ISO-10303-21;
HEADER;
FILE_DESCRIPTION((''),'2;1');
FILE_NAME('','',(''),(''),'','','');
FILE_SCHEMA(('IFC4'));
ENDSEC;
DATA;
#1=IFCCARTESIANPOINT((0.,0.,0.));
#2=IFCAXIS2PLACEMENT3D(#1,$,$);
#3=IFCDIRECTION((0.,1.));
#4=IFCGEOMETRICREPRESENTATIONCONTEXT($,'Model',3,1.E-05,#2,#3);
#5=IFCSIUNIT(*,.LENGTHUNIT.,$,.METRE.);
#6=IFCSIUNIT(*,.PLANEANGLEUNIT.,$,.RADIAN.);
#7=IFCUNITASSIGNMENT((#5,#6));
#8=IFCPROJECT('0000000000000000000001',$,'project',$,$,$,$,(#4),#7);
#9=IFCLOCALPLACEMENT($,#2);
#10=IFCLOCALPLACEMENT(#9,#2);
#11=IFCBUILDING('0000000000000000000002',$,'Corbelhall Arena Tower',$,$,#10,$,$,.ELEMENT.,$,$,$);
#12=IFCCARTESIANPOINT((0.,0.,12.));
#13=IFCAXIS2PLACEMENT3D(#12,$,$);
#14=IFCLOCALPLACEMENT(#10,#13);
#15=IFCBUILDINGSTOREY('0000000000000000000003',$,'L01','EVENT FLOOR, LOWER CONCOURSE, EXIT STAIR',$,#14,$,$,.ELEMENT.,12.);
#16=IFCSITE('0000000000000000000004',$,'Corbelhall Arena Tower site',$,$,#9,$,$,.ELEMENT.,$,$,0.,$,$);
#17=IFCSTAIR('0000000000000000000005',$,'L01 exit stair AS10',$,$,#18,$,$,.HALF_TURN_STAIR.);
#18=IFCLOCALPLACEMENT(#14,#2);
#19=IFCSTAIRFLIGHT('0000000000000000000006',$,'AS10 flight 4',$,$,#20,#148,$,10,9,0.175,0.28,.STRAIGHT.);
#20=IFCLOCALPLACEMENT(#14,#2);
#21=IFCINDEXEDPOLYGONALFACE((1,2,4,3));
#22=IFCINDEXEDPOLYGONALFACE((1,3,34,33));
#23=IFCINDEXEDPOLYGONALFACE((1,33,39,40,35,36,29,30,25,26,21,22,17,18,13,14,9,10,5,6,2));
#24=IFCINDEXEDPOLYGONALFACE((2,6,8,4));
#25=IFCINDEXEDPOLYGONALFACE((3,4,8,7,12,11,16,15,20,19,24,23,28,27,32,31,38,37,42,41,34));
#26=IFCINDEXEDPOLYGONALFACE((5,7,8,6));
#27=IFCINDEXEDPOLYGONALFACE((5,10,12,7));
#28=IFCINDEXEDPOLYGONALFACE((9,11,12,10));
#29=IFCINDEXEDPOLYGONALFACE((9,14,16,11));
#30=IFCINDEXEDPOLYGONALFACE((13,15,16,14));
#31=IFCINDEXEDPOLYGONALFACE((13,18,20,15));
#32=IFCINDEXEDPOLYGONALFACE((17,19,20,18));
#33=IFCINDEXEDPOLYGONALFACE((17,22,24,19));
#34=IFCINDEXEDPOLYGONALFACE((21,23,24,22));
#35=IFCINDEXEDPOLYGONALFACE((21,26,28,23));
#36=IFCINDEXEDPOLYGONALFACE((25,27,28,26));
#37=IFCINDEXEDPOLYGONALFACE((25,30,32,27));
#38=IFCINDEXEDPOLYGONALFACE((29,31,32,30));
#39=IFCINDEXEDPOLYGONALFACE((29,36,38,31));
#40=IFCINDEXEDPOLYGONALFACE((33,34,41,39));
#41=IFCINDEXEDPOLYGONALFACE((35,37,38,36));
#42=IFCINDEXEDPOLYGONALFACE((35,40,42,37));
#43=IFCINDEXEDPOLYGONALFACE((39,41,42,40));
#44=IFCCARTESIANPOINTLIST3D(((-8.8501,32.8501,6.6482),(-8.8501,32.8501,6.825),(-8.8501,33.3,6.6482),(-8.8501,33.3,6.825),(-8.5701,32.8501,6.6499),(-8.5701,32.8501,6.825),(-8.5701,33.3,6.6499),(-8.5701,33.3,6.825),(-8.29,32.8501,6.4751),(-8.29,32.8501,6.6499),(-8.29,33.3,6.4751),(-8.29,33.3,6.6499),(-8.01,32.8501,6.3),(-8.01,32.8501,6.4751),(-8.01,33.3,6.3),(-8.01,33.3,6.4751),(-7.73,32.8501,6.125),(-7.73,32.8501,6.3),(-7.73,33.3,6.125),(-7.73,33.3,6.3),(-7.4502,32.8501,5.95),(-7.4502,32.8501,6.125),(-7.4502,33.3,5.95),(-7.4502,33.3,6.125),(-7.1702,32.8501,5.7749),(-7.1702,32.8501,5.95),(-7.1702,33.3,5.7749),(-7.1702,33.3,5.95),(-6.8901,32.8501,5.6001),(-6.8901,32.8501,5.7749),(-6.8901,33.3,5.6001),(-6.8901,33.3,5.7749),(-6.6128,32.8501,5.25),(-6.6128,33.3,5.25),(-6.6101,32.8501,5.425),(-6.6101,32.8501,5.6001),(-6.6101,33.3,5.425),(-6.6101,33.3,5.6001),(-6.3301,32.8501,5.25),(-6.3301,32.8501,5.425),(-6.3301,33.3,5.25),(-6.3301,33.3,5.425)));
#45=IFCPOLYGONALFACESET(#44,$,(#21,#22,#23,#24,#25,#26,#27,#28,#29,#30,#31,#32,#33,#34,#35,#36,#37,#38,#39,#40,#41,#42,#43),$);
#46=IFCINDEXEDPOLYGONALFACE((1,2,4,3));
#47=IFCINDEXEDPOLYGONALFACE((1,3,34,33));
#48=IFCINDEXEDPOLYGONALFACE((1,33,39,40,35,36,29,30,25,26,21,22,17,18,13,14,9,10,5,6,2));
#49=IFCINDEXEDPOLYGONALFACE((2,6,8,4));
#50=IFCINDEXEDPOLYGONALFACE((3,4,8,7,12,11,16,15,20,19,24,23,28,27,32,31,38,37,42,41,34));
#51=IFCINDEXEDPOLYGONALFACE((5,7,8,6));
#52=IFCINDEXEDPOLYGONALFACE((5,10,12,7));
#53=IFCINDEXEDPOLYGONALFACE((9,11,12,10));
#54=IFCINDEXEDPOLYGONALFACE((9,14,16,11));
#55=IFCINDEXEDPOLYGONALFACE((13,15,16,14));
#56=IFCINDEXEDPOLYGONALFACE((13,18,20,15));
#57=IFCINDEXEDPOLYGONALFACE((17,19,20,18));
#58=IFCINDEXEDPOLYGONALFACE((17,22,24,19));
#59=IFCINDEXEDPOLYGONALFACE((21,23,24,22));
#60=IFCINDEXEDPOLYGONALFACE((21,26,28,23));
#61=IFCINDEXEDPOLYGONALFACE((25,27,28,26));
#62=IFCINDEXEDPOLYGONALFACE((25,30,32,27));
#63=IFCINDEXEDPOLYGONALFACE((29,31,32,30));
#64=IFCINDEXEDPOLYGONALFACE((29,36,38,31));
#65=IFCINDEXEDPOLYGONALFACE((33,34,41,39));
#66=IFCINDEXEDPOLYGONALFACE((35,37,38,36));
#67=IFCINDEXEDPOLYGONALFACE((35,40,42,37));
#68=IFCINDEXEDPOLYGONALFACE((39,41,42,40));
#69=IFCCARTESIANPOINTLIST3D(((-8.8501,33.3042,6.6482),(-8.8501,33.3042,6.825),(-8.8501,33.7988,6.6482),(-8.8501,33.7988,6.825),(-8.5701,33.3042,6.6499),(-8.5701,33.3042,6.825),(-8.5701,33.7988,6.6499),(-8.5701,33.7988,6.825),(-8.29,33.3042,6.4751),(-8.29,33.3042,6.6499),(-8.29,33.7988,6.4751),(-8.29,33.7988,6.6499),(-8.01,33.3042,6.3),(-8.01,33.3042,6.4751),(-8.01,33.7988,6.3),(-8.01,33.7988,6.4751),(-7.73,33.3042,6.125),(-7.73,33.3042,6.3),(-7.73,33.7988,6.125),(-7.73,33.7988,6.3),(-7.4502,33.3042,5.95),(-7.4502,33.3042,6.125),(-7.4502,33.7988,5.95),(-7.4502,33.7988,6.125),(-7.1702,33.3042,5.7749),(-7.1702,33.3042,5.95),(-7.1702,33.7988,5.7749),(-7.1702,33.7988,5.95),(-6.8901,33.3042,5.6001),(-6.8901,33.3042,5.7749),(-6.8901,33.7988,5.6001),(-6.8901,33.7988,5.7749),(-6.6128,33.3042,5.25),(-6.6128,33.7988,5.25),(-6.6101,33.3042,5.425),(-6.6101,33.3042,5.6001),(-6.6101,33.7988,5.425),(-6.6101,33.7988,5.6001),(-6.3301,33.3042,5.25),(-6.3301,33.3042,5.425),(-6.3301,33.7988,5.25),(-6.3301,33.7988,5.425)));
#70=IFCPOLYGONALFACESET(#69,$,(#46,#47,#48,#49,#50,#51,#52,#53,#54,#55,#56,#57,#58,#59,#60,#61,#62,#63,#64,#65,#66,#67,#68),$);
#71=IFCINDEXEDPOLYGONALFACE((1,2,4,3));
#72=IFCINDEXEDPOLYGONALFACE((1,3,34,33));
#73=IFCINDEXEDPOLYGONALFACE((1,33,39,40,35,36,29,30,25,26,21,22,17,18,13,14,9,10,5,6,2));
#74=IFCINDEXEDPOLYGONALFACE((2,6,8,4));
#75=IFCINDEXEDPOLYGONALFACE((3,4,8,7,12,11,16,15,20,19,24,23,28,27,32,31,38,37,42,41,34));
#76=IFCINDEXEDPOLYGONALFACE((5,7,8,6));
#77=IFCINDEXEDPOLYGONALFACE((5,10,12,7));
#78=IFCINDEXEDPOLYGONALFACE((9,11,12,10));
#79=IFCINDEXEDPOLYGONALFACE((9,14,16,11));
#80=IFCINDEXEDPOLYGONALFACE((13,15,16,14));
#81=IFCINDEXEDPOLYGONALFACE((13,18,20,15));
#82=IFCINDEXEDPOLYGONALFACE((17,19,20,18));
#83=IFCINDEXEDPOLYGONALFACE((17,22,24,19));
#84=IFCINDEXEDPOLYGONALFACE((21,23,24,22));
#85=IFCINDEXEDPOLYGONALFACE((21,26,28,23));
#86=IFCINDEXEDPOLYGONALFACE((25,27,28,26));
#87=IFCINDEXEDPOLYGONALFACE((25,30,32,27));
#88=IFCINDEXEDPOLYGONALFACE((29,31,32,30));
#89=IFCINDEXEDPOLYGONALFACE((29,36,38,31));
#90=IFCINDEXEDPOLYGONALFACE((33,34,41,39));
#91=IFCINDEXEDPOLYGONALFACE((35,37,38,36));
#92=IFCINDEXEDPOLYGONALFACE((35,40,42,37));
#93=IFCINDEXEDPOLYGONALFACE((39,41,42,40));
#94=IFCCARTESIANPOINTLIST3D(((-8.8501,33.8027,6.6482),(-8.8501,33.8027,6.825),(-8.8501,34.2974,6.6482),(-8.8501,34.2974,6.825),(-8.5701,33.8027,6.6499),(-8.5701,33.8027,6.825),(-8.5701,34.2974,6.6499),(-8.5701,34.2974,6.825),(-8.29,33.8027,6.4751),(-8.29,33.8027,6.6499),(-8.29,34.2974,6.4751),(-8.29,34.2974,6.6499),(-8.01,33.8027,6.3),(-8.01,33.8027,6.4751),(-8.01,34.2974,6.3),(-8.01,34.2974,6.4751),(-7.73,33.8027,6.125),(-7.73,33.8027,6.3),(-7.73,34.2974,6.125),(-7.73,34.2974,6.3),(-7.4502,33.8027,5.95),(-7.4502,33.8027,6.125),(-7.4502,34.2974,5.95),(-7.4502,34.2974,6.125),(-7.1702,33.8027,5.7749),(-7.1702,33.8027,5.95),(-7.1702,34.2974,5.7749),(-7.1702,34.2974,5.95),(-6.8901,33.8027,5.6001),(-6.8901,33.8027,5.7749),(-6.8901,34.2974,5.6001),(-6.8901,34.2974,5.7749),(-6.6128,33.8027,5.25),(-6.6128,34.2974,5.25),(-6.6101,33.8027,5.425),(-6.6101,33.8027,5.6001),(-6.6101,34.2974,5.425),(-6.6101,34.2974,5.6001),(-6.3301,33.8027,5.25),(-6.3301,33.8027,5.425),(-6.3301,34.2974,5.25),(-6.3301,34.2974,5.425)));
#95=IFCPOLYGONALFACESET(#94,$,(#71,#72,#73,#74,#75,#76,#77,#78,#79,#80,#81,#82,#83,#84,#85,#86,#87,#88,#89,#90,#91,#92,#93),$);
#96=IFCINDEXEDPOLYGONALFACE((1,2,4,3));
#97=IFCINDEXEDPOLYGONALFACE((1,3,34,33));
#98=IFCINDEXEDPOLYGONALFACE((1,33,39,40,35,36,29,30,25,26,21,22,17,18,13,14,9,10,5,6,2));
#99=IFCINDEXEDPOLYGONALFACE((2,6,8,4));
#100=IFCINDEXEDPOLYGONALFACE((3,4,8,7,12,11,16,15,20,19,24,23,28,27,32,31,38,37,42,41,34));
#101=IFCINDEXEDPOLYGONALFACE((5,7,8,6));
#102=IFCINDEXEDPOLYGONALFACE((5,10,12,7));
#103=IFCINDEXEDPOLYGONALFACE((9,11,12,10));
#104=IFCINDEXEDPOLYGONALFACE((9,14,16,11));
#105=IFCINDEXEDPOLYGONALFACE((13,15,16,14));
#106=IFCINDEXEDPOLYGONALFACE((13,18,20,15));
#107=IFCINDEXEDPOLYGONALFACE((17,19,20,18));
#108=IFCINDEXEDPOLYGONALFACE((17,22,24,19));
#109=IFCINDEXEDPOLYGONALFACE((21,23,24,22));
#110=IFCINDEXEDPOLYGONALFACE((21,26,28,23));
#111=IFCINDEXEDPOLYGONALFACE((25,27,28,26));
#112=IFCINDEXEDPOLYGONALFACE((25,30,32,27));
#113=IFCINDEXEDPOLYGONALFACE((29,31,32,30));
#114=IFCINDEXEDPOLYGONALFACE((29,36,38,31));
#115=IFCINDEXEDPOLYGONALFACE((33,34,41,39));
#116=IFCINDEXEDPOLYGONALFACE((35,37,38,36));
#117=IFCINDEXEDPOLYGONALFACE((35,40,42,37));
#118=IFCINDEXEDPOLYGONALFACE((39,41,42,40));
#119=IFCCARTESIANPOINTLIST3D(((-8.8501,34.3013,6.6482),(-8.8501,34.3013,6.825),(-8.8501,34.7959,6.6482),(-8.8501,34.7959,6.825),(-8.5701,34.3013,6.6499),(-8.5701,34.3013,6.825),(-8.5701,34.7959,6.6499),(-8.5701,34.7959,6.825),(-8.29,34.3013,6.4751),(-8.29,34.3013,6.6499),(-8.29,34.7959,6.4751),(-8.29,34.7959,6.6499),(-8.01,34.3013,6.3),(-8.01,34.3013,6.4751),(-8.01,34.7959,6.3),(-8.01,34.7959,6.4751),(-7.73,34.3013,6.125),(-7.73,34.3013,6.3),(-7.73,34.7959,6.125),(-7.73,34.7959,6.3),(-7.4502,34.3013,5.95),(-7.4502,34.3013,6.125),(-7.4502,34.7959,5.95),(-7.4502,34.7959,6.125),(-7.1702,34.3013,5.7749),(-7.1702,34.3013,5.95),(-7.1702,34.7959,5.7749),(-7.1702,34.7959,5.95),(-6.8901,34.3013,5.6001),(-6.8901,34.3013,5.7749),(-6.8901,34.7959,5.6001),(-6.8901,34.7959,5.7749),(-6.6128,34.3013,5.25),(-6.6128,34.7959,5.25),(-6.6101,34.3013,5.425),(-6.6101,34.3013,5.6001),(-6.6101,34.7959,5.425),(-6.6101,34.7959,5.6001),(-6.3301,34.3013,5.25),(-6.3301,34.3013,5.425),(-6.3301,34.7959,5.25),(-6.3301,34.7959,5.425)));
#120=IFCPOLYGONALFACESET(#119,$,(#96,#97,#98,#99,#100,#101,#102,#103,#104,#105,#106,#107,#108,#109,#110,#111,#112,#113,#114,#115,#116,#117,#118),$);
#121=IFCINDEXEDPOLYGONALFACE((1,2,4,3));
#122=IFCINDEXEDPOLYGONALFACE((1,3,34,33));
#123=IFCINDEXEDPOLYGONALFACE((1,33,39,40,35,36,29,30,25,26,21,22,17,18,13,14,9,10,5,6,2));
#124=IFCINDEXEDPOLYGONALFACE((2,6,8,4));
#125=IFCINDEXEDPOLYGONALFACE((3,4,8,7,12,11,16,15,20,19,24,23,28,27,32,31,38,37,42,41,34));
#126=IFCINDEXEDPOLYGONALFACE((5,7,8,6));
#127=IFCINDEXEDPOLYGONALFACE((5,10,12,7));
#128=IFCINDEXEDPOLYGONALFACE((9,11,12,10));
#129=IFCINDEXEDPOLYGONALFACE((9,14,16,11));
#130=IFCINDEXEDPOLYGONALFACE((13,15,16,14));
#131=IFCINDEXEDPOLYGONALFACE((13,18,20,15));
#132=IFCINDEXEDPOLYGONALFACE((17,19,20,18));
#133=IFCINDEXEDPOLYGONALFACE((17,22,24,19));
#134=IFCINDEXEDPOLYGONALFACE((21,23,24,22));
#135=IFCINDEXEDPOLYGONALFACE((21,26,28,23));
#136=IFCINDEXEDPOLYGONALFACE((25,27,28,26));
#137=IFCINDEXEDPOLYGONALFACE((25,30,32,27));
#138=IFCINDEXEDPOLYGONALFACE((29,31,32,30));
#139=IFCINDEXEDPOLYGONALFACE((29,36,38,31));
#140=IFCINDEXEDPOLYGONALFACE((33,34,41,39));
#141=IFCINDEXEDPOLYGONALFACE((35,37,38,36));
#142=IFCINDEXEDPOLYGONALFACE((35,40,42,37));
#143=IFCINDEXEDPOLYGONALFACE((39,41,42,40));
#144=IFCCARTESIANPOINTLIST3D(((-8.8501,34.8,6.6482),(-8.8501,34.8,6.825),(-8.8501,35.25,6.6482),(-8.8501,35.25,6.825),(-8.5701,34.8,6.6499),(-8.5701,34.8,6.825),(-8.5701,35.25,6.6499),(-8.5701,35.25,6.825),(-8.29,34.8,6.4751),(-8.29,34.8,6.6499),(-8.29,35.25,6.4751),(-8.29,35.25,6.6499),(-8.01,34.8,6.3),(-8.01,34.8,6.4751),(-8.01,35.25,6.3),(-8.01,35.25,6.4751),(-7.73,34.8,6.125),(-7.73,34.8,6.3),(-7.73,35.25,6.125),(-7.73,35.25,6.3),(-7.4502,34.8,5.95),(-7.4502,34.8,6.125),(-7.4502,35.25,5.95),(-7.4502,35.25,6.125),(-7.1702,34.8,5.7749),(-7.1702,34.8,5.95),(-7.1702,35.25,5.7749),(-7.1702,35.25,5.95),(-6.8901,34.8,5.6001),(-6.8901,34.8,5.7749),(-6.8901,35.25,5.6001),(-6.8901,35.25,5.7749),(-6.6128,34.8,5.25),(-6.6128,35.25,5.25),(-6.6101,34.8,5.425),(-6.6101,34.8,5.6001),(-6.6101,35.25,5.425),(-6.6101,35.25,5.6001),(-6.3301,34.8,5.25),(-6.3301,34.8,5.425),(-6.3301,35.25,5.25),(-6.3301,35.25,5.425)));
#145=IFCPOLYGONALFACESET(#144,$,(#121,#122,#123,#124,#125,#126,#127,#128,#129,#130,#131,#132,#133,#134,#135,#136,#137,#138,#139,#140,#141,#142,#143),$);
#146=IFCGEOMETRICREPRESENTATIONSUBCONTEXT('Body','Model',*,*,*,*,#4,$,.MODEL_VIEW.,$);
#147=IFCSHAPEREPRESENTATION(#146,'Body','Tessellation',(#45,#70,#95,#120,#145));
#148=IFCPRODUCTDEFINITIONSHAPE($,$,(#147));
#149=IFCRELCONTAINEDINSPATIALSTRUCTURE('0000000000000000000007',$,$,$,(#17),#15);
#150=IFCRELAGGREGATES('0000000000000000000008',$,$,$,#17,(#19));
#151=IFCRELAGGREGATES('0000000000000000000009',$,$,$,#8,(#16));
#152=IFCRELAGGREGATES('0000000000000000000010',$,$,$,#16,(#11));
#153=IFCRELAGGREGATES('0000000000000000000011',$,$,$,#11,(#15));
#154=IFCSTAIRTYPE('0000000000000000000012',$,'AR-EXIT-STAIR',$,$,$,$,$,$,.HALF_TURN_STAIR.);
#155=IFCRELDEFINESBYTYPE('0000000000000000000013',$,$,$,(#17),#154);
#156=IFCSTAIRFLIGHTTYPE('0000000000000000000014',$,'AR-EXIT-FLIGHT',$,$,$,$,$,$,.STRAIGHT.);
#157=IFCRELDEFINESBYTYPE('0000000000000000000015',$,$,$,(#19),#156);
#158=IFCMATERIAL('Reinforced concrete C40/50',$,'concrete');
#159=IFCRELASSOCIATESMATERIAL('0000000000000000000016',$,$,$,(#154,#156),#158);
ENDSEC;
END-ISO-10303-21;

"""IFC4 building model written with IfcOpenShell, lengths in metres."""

from ifc_helpers import new_model, si_unit, direction, frame, origin, place, context, subcontext, project, spatial, polyline, outline, extrude, material, type_object, element, aggregate, save


model = new_model("IFC4")

# Units and contexts
model_context = context("Model", 3, precision=1e-05, world=origin(), true_north=direction((0.0, 1.0)))
body_context = subcontext(model_context, "Body", "Model", "MODEL_VIEW")
ifc_project = project(units=[si_unit("LENGTHUNIT", "METRE"), si_unit("PLANEANGLEUNIT", "RADIAN")], contexts=[model_context])

# Site, building, storey
site_placement = place(None, origin())
site = spatial("IfcSite", under=ifc_project, at=site_placement, Name="Corbelhall Arena Tower site", CompositionType="ELEMENT", RefElevation=0.0)
building_placement = place(site_placement, origin())
building = spatial("IfcBuilding", under=site, at=building_placement, Name="Corbelhall Arena Tower", CompositionType="ELEMENT")
storey_placement = place(building_placement, frame((0.0, 0.0, 12.0)))
storey = spatial("IfcBuildingStorey", under=building, at=storey_placement, Name="L01", Description="EVENT FLOOR, LOWER CONCOURSE, EXIT STAIR", CompositionType="ELEMENT", Elevation=12.0)

# Shared definitions
ifc_material_1 = material(Name="Reinforced concrete C40/50", Category="concrete")

# Stair, stair flight
stair_type = type_object("IfcStairType", Name="AR-EXIT-STAIR", PredefinedType="HALF_TURN_STAIR", material=ifc_material_1)
stair_placement = place(storey_placement, origin())
stair = element("IfcStair", 1, at=stair_placement, inside=storey, type_object=stair_type, Name="L01 exit stair AS10", PredefinedType="HALF_TURN_STAIR")
stair_flight_type = type_object("IfcStairFlightType", Name="AR-EXIT-FLIGHT", PredefinedType="STRAIGHT", material=ifc_material_1)
stair_flight_1_placement = place(storey_placement, frame((-6.3301, 34.05, 5.25), z_axis=(0.0, 0.0, 1.0), x_axis=(-1.0, 0.0, 0.0)))
stair_flight_1 = element("IfcStairFlight", 2, at=stair_flight_1_placement, type_object=stair_flight_type, Name="AS10 flight 4", NumberOfRisers=10, NumberOfTreads=9, PredefinedType="STRAIGHT", RiserHeight=0.175, TreadLength=0.28, context=body_context, shape_type="SweptSolid", body=[
    extrude(outline(polyline([(0.0, 0.0), (0.0, 0.175), (0.28, 0.175), (0.28, 0.3501), (0.5601, 0.3501), (0.5601, 0.5249), (0.8401, 0.5249), (0.8401, 0.7), (1.1201, 0.7), (1.1201, 0.875), (1.3999, 0.875), (1.3999, 1.05), (1.6799, 1.05), (1.6799, 1.2251), (1.96, 1.2251), (1.96, 1.3999), (2.24, 1.3999), (2.24, 1.575), (2.52, 1.575), (2.52, 1.75), (2.52, 1.3982), (0.2827, 0.0), (0.0, 0.0)])), frame((0.0, 1.2, 0.0), z_axis=(0.0, -1.0, 0.0), x_axis=(1.0, 0.0, 0.0)), (0.0, 0.0, 1.0), 0.45),
    extrude(outline(polyline([(0.0, 0.0), (0.0, 0.175), (0.28, 0.175), (0.28, 0.3501), (0.5601, 0.3501), (0.5601, 0.5249), (0.8401, 0.5249), (0.8401, 0.7), (1.1201, 0.7), (1.1201, 0.875), (1.3999, 0.875), (1.3999, 1.05), (1.6799, 1.05), (1.6799, 1.2251), (1.96, 1.2251), (1.96, 1.3999), (2.24, 1.3999), (2.24, 1.575), (2.52, 1.575), (2.52, 1.75), (2.52, 1.3982), (0.2827, 0.0), (0.0, 0.0)])), frame((0.0, 0.7458, 0.0), z_axis=(0.0, -1.0, 0.0), x_axis=(1.0, 0.0, 0.0)), (0.0, 0.0, 1.0), 0.4946),
    extrude(outline(polyline([(0.0, 0.0), (0.0, 0.175), (0.28, 0.175), (0.28, 0.3501), (0.5601, 0.3501), (0.5601, 0.5249), (0.8401, 0.5249), (0.8401, 0.7), (1.1201, 0.7), (1.1201, 0.875), (1.3999, 0.875), (1.3999, 1.05), (1.6799, 1.05), (1.6799, 1.2251), (1.96, 1.2251), (1.96, 1.3999), (2.24, 1.3999), (2.24, 1.575), (2.52, 1.575), (2.52, 1.75), (2.52, 1.3982), (0.2827, 0.0), (0.0, 0.0)])), frame((0.0, 0.2473, 0.0), z_axis=(0.0, -1.0, 0.0), x_axis=(1.0, 0.0, 0.0)), (0.0, 0.0, 1.0), 0.4946),
    extrude(outline(polyline([(0.0, 0.0), (0.0, 0.175), (0.28, 0.175), (0.28, 0.3501), (0.5601, 0.3501), (0.5601, 0.5249), (0.8401, 0.5249), (0.8401, 0.7), (1.1201, 0.7), (1.1201, 0.875), (1.3999, 0.875), (1.3999, 1.05), (1.6799, 1.05), (1.6799, 1.2251), (1.96, 1.2251), (1.96, 1.3999), (2.24, 1.3999), (2.24, 1.575), (2.52, 1.575), (2.52, 1.75), (2.52, 1.3982), (0.2827, 0.0), (0.0, 0.0)])), frame((0.0, -0.2512, 0.0), z_axis=(0.0, -1.0, 0.0), x_axis=(1.0, 0.0, 0.0)), (0.0, 0.0, 1.0), 0.4946),
    extrude(outline(polyline([(0.0, 0.0), (0.0, 0.175), (0.28, 0.175), (0.28, 0.3501), (0.5601, 0.3501), (0.5601, 0.5249), (0.8401, 0.5249), (0.8401, 0.7), (1.1201, 0.7), (1.1201, 0.875), (1.3999, 0.875), (1.3999, 1.05), (1.6799, 1.05), (1.6799, 1.2251), (1.96, 1.2251), (1.96, 1.3999), (2.24, 1.3999), (2.24, 1.575), (2.52, 1.575), (2.52, 1.75), (2.52, 1.3982), (0.2827, 0.0), (0.0, 0.0)])), frame((0.0, -0.75, 0.0), z_axis=(0.0, -1.0, 0.0), x_axis=(1.0, 0.0, 0.0)), (0.0, 0.0, 1.0), 0.45),
])
aggregate(stair, [stair_flight_1])

save(model, "model.ifc")
